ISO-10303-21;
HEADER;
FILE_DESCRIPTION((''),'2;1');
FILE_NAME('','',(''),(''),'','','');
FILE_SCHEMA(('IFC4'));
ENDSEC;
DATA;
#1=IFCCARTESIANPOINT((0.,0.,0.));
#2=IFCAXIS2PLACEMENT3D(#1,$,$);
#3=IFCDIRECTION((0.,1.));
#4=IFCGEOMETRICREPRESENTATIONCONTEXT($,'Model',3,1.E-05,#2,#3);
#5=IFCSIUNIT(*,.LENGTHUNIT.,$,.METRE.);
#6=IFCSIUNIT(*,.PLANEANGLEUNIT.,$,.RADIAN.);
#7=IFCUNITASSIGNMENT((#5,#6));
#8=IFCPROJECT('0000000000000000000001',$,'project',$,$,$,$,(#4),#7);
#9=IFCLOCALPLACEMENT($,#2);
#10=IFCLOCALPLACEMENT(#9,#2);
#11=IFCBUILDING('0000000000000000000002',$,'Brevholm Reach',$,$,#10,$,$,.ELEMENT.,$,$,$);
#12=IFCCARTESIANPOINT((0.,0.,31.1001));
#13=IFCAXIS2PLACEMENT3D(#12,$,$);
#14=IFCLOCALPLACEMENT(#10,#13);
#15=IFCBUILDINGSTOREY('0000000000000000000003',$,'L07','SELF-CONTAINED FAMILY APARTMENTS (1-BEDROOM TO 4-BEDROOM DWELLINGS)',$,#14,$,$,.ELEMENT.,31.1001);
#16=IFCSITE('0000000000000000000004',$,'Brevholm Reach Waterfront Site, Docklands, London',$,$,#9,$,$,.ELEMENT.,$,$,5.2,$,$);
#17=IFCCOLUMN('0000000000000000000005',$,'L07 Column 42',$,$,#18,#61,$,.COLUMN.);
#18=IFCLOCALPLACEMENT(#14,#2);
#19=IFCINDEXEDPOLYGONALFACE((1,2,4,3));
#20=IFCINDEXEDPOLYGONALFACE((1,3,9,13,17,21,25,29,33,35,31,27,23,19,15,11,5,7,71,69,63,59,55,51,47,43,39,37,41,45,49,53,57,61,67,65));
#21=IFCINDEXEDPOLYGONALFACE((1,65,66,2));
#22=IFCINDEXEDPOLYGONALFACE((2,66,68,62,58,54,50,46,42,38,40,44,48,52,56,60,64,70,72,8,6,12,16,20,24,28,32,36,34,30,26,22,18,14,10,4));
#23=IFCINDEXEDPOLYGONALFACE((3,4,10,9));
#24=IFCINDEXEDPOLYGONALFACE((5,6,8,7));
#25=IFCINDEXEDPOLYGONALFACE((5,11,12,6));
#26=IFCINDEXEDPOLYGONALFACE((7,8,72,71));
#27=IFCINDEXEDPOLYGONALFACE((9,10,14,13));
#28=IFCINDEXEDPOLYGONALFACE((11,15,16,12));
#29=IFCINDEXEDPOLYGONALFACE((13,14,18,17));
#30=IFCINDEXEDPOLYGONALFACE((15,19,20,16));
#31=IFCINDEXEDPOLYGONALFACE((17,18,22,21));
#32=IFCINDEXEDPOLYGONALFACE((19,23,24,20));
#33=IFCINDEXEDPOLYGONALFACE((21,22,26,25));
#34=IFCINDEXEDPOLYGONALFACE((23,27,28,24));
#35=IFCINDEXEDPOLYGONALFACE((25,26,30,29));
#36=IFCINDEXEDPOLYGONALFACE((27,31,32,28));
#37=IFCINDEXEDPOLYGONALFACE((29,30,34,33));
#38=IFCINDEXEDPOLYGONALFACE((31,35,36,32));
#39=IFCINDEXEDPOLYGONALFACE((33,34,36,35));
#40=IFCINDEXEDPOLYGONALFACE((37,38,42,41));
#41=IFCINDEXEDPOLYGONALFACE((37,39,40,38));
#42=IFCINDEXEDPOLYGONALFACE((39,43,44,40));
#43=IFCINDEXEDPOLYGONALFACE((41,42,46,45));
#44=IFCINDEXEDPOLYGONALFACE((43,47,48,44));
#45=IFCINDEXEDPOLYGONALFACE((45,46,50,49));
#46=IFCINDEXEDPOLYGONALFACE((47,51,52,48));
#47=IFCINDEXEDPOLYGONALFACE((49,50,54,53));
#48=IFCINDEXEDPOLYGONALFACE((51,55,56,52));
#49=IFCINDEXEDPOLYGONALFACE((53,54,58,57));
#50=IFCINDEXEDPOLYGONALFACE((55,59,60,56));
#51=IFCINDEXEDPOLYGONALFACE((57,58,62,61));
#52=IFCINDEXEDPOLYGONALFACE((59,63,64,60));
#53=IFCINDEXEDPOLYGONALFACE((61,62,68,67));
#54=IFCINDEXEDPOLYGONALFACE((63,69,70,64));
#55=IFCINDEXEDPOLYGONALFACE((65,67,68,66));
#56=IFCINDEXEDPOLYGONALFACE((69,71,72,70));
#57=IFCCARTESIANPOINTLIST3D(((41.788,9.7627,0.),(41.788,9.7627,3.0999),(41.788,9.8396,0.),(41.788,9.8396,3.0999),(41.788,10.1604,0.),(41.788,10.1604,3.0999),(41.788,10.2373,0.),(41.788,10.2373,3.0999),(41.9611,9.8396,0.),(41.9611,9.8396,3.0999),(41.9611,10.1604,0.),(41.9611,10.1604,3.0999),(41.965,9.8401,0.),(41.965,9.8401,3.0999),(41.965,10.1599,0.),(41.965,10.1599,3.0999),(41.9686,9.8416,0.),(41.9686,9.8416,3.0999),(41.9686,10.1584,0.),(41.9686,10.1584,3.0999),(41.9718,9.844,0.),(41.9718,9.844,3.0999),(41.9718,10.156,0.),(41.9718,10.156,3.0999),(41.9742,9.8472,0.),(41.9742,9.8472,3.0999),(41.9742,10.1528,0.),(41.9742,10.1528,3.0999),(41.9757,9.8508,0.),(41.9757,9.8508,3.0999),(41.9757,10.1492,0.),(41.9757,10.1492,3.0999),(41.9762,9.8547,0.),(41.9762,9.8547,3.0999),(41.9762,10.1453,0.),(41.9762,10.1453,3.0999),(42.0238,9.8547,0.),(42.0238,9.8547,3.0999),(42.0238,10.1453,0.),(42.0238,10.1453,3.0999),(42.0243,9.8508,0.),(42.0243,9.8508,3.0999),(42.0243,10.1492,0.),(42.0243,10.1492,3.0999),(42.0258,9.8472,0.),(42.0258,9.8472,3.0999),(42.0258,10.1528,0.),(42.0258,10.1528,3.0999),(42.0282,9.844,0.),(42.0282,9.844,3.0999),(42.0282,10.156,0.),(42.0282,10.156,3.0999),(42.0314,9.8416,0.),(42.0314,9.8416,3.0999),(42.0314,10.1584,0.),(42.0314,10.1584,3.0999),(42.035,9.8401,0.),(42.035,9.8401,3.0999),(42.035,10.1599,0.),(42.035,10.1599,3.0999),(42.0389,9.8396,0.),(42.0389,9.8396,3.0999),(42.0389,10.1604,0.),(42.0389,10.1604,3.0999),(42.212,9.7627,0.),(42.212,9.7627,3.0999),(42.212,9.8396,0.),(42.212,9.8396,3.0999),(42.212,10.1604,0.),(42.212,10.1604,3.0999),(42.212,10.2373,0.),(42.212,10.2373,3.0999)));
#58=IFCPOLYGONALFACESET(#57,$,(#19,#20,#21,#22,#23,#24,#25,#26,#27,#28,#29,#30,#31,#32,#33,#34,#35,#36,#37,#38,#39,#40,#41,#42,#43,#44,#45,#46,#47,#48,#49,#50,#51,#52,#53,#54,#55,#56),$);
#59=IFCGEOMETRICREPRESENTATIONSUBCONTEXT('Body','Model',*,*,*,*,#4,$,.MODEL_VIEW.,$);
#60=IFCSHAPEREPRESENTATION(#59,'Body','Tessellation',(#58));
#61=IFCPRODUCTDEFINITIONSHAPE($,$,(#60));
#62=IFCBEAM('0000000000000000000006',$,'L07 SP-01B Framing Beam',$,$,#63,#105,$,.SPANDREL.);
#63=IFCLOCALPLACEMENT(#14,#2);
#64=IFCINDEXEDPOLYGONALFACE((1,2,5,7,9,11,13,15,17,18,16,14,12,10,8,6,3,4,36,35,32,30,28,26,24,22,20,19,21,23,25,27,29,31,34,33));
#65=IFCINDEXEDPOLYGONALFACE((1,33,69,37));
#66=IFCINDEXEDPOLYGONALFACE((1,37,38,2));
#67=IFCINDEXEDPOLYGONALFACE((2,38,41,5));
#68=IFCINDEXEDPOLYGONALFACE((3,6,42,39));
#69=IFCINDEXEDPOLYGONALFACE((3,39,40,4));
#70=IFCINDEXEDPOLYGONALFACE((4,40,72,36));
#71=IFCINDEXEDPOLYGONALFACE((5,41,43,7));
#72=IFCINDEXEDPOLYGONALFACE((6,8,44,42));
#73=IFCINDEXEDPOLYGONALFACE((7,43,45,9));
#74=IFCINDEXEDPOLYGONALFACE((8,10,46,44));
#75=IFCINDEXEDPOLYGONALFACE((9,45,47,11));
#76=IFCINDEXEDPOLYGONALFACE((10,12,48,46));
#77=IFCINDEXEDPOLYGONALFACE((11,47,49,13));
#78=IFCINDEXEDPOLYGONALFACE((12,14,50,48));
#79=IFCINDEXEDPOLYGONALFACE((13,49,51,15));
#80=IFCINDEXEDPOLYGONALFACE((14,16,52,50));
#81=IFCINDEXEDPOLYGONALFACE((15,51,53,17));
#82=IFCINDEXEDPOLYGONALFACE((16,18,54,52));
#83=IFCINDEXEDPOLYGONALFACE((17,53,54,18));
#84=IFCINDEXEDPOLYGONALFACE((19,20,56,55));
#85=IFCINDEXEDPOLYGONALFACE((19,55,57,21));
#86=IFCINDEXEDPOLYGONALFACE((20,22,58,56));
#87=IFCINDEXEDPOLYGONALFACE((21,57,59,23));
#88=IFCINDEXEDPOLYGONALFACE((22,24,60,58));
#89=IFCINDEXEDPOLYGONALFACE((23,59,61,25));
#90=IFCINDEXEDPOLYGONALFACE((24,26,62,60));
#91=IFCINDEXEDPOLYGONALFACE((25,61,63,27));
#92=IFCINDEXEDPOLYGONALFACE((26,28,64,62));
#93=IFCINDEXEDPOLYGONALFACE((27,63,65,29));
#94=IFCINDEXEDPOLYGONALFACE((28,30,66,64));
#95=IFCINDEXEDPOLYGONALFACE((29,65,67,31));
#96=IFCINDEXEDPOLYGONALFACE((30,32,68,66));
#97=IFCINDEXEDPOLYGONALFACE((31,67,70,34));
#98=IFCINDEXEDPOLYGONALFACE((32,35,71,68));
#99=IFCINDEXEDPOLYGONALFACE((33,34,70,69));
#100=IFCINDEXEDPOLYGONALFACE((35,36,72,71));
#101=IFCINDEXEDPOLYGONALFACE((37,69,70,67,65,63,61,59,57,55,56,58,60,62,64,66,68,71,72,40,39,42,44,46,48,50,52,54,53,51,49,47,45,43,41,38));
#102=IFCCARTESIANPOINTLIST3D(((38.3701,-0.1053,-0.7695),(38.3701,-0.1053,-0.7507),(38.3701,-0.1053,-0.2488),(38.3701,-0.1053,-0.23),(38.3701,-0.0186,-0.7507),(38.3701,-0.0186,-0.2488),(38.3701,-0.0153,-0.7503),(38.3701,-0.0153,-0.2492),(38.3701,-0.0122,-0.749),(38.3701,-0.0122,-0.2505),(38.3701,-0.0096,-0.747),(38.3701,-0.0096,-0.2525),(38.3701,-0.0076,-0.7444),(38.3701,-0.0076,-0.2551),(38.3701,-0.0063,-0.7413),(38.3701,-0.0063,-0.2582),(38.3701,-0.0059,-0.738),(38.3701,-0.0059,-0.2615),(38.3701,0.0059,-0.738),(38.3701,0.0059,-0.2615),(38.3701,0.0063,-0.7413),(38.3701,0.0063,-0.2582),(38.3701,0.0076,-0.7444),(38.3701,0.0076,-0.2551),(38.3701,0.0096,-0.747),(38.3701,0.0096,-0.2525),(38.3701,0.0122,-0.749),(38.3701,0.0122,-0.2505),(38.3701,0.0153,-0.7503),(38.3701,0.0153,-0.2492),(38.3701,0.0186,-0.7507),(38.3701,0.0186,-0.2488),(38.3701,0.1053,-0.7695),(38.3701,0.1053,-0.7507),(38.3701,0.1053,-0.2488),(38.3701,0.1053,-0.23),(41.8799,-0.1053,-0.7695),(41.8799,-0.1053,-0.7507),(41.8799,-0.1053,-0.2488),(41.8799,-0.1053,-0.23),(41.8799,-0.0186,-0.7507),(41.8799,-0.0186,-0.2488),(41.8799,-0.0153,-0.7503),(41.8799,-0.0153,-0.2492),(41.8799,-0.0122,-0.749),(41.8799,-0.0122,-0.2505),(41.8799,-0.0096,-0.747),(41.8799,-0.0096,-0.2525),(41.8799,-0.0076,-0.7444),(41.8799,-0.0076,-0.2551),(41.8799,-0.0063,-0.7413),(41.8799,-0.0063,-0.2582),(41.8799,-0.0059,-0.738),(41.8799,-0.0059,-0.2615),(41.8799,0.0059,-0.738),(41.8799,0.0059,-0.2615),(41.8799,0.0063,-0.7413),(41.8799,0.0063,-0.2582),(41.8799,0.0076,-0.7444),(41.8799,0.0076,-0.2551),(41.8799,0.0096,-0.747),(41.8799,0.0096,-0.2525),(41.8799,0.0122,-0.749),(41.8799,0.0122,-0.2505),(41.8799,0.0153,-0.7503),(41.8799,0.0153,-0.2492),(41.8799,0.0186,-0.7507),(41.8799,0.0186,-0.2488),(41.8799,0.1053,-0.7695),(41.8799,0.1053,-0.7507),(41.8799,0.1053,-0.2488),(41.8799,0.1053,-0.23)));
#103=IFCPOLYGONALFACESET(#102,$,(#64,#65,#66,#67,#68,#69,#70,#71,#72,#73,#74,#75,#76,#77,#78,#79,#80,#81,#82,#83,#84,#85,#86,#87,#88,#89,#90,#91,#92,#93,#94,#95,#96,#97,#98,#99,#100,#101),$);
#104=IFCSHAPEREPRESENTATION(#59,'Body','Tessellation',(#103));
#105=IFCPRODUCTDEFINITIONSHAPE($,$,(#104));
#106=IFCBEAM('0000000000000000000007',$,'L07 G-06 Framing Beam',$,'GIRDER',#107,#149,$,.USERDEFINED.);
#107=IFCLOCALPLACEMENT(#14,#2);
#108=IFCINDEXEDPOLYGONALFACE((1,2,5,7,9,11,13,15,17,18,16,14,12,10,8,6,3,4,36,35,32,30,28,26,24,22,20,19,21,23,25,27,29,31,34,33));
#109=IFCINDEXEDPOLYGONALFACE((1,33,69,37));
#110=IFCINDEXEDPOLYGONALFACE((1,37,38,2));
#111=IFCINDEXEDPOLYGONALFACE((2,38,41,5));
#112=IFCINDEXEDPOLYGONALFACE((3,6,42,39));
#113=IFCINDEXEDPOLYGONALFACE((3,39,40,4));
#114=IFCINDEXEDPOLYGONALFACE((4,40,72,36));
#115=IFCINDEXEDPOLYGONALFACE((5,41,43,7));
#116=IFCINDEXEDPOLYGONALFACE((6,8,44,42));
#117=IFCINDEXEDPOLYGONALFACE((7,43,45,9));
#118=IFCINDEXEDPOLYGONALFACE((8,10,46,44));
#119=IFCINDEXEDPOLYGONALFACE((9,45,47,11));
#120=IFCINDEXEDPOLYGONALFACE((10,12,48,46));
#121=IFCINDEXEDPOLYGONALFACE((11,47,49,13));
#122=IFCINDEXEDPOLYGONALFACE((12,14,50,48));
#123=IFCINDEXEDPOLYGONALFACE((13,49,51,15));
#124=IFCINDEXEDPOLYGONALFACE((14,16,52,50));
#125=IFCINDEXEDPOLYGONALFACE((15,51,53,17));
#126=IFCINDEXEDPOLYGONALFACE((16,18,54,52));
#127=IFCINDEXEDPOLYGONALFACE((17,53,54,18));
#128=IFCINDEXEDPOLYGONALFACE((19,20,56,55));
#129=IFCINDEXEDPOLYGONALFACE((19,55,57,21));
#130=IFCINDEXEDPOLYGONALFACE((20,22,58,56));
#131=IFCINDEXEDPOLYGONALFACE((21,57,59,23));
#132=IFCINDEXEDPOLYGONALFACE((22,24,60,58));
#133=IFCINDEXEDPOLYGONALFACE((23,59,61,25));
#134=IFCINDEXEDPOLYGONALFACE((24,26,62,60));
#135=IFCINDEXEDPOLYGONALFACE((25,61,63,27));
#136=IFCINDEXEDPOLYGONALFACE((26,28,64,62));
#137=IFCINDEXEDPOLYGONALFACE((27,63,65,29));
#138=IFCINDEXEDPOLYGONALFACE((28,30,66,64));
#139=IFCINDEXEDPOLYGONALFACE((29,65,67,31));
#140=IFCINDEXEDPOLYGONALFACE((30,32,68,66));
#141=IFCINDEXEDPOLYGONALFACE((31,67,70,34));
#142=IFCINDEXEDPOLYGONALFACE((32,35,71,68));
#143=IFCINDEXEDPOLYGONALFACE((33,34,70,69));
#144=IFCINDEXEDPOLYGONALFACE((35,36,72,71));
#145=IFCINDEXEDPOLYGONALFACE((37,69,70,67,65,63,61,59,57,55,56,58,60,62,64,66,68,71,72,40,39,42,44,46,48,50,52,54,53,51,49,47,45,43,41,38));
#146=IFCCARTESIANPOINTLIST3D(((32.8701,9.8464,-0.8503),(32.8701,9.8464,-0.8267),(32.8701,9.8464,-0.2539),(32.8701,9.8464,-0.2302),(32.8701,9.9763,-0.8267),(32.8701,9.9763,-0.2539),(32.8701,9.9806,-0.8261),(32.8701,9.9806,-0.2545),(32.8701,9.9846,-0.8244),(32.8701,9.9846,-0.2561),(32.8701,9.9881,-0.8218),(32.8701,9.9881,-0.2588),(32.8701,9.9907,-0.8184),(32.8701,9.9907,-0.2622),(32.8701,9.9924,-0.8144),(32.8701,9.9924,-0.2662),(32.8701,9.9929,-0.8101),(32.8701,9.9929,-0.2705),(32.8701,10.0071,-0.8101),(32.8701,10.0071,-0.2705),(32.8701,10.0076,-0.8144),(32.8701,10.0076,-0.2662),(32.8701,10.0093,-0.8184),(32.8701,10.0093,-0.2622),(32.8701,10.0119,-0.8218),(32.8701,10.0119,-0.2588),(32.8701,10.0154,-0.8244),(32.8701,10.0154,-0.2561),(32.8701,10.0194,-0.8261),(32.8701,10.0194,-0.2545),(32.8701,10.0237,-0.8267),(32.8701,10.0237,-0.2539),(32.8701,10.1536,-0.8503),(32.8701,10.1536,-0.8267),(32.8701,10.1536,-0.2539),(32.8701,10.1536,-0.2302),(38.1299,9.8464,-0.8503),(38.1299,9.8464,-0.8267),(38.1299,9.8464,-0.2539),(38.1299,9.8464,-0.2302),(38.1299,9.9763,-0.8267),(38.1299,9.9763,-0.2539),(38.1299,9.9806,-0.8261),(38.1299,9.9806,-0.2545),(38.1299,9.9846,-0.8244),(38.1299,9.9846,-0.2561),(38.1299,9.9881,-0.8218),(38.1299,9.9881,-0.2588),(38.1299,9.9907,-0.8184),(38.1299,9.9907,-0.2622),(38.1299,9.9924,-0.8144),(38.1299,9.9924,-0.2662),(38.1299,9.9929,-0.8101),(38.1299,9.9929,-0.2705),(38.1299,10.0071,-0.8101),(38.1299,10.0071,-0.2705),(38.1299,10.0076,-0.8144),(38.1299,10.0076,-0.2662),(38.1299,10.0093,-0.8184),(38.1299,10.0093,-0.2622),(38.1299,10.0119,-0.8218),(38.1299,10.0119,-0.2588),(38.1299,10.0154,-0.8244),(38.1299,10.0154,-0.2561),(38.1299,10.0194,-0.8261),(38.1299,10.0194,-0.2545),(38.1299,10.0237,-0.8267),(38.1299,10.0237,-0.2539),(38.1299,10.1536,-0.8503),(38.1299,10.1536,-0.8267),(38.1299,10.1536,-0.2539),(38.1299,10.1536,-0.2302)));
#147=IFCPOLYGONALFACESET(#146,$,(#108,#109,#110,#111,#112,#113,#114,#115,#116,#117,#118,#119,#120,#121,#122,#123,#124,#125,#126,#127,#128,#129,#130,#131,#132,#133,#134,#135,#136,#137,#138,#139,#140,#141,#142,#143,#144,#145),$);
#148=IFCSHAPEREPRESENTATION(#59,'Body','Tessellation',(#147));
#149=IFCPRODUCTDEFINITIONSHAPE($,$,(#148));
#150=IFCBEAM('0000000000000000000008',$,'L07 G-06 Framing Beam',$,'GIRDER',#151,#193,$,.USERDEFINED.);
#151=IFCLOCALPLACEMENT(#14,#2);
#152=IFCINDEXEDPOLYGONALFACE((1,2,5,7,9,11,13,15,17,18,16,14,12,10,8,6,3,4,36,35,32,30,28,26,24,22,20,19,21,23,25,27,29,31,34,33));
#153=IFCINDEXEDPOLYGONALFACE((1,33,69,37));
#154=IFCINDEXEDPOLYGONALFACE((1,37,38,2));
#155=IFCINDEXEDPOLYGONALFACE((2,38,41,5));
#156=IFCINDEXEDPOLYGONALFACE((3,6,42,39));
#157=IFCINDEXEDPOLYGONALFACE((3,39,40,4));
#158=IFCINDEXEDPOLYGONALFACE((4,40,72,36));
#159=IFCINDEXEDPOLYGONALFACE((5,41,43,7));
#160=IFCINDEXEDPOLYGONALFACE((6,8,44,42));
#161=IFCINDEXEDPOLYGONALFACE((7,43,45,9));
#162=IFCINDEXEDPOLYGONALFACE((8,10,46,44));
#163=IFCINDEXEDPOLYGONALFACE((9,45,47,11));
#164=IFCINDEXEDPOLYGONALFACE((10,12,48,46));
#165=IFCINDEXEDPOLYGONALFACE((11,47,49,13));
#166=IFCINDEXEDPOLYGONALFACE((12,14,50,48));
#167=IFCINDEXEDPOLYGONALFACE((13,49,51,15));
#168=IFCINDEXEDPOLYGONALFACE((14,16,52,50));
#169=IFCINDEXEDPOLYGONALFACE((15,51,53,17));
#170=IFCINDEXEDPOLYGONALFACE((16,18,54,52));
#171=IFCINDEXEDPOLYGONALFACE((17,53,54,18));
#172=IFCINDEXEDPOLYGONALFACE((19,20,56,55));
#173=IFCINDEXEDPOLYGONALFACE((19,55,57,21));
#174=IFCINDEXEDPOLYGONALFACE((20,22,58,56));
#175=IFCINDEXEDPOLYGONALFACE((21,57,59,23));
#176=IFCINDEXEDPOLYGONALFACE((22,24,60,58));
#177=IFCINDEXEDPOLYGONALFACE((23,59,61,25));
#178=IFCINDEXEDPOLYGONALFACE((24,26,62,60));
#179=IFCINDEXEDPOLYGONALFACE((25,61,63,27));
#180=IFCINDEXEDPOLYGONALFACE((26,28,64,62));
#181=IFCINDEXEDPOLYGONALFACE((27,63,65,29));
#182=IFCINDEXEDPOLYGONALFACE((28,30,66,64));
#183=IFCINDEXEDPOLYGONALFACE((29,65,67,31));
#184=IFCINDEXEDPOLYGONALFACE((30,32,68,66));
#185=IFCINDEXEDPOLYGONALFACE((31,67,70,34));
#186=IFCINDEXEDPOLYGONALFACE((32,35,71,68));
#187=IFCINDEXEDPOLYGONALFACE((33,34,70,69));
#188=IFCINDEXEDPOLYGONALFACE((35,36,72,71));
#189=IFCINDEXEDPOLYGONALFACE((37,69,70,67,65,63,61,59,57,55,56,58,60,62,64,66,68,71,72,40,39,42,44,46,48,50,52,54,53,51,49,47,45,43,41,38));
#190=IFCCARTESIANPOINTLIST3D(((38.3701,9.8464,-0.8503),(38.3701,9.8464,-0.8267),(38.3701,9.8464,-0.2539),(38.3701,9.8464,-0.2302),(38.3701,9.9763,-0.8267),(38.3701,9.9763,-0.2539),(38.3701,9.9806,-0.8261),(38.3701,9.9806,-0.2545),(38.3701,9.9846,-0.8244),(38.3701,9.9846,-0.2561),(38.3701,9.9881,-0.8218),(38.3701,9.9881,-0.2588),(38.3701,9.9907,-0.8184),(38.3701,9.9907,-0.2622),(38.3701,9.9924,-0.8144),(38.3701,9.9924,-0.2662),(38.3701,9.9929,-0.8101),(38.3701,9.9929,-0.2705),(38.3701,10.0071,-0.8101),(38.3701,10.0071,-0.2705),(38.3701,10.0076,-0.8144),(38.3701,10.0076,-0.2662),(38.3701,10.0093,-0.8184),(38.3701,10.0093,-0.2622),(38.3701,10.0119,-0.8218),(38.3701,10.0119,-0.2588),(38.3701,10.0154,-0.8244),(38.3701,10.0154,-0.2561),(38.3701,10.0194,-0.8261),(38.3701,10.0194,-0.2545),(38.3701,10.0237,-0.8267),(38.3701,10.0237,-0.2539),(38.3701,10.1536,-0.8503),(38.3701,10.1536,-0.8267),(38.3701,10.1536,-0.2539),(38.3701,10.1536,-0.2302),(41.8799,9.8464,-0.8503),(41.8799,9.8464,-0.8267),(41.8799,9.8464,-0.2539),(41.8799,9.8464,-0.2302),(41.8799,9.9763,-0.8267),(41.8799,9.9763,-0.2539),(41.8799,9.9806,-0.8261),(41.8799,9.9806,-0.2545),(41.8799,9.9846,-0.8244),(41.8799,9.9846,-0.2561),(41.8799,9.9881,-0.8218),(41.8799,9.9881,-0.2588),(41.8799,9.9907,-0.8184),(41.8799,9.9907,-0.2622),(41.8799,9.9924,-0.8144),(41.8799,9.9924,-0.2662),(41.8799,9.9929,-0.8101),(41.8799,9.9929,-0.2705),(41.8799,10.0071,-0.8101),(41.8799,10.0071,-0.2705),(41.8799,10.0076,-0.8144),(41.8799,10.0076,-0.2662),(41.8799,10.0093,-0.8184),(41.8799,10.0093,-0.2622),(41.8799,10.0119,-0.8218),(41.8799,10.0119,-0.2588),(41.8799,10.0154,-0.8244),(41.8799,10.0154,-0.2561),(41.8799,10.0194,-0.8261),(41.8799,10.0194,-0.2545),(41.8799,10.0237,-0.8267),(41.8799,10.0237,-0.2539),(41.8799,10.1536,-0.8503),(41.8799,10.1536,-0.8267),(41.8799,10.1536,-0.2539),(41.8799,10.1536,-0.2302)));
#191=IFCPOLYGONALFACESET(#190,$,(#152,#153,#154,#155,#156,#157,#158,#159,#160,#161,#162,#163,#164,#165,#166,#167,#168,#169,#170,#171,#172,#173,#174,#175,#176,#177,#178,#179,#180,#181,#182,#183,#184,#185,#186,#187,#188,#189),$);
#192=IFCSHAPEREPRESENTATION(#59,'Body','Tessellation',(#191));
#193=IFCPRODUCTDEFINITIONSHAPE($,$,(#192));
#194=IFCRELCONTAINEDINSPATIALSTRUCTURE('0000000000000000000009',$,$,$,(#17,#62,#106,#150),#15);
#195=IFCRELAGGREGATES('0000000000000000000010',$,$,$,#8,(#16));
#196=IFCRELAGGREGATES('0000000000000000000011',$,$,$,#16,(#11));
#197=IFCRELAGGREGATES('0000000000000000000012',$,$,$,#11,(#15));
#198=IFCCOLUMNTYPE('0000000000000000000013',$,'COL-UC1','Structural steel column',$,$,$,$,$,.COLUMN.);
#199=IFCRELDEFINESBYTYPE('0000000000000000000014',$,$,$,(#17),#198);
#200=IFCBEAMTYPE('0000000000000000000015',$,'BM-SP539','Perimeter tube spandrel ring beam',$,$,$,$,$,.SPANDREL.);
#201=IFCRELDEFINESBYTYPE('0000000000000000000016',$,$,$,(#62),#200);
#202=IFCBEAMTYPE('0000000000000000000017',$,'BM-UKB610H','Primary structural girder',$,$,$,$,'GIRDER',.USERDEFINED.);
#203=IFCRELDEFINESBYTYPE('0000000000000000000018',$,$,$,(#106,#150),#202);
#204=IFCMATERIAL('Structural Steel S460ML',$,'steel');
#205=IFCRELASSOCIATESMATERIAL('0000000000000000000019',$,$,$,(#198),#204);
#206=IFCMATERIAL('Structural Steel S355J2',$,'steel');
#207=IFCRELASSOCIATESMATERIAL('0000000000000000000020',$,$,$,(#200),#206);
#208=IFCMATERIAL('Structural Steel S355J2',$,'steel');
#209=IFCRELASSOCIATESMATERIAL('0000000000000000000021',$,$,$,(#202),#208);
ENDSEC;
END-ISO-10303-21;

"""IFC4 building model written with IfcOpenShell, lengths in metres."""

from ifc_helpers import new_model, si_unit, direction, frame, origin, origin_2d, place, context, subcontext, project, spatial, i_section, extrude, material, material_profile, profile_set, type_object, element, save


model = new_model("IFC4")

# Units and contexts
model_context = context("Model", 3, precision=1e-05, world=origin(), true_north=direction((0.0, 1.0)))
body_context = subcontext(model_context, "Body", "Model", "MODEL_VIEW")
ifc_project = project(units=[si_unit("LENGTHUNIT", "METRE"), si_unit("PLANEANGLEUNIT", "RADIAN")], contexts=[model_context])

# Site, building, storey
site_placement = place(None, origin())
site = spatial("IfcSite", under=ifc_project, at=site_placement, Name="Brevholm Reach Waterfront Site, Docklands, London", CompositionType="ELEMENT", RefElevation=5.2)
building_placement = place(site_placement, origin())
building = spatial("IfcBuilding", under=site, at=building_placement, Name="Brevholm Reach", CompositionType="ELEMENT")
storey_placement = place(building_placement, frame((0.0, 0.0, 31.1001)))
storey = spatial("IfcBuildingStorey", under=building, at=storey_placement, Name="L07", Description="SELF-CONTAINED FAMILY APARTMENTS (1-BEDROOM TO 4-BEDROOM DWELLINGS)", CompositionType="ELEMENT", Elevation=31.1001)

# Column
ifc_material_1 = material(Name="Structural Steel S460ML", Category="steel")
ifc_material_profile_1 = material_profile(ifc_material_1, i_section(OverallWidth=0.4241, OverallDepth=0.4746, WebThickness=0.0476, FlangeThickness=0.0769, FilletRadius=0.0151, at=origin_2d()), Name="UKC 356x406x634")
ifc_profile_set_1 = profile_set([ifc_material_profile_1], Name="Structural Steel S460ML")
column_type_1 = type_object("IfcColumnType", Name="COL-UC1", Description="Structural steel column", PredefinedType="COLUMN", material=ifc_profile_set_1)
for number, where, z_axis, x_axis, name in (
    (1, (42.0, 10.0, 0.0), (0.0, 0.0, 1.0), (1.0, 0.0, 0.0), "L07 Column 42"),
):
    element("IfcColumn", number, at=place(storey_placement, frame(where, z_axis=z_axis, x_axis=x_axis)), inside=storey, type_object=column_type_1, Name=name, PredefinedType="COLUMN", context=body_context, shape_type="SweptSolid", body=[
        extrude(i_section(OverallWidth=0.4241, OverallDepth=0.4746, WebThickness=0.0476, FlangeThickness=0.0769, FilletRadius=0.0151, at=origin_2d()), origin(), (0.0, 0.0, 1.0), 3.0999),
    ])

# Beams
ifc_material_2 = material(Name="Structural Steel S355J2", Category="steel")
ifc_material_profile_2 = material_profile(ifc_material_2, i_section(OverallWidth=0.2107, OverallDepth=0.5396, WebThickness=0.0117, FlangeThickness=0.0188, FilletRadius=0.0127, at=origin_2d()), Name="UKB 533x210x109")
ifc_profile_set_2 = profile_set([ifc_material_profile_2], Name="Structural Steel S355J2")
beam_type_1 = type_object("IfcBeamType", Name="BM-SP539", Description="Perimeter tube spandrel ring beam", PredefinedType="SPANDREL", material=ifc_profile_set_2)
beam_1_placement = place(storey_placement, frame((38.3701, 0.0, -0.4998), z_axis=(1.0, 0.0, 0.0), x_axis=(0.0, 1.0, 0.0)))
element("IfcBeam", 2, at=beam_1_placement, inside=storey, type_object=beam_type_1, Name="L07 SP-01B Framing Beam", PredefinedType="SPANDREL", context=body_context, shape_type="SweptSolid", body=[
    extrude(i_section(OverallWidth=0.2107, OverallDepth=0.5396, WebThickness=0.0117, FlangeThickness=0.0188, FilletRadius=0.0127, at=origin_2d()), origin(), (0.0, 0.0, 1.0), 3.5098),
])
ifc_material_3 = material(Name="Structural Steel S355J2", Category="steel")
ifc_material_profile_3 = material_profile(ifc_material_3, i_section(OverallWidth=0.3071, OverallDepth=0.6201, WebThickness=0.0142, FlangeThickness=0.0237, FilletRadius=0.0166, at=origin_2d()), Name="UKB 610x305x179")
ifc_profile_set_3 = profile_set([ifc_material_profile_3], Name="Structural Steel S355J2")
beam_type_2 = type_object("IfcBeamType", Name="BM-UKB610H", Description="Primary structural girder", ElementType="GIRDER", PredefinedType="USERDEFINED", material=ifc_profile_set_3)
beam_2_placement = place(storey_placement, frame((32.8701, 10.0, -0.5403), z_axis=(1.0, 0.0, 0.0), x_axis=(0.0, 1.0, 0.0)))
element("IfcBeam", 3, at=beam_2_placement, inside=storey, type_object=beam_type_2, Name="L07 G-06 Framing Beam", ObjectType="GIRDER", PredefinedType="USERDEFINED", context=body_context, shape_type="SweptSolid", body=[
    extrude(i_section(OverallWidth=0.3071, OverallDepth=0.6201, WebThickness=0.0142, FlangeThickness=0.0237, FilletRadius=0.0166, at=origin_2d()), origin(), (0.0, 0.0, 1.0), 5.2598),
])
beam_3_placement = place(storey_placement, frame((38.3701, 10.0, -0.5403), z_axis=(1.0, 0.0, 0.0), x_axis=(0.0, 1.0, 0.0)))
element("IfcBeam", 4, at=beam_3_placement, inside=storey, type_object=beam_type_2, Name="L07 G-06 Framing Beam", ObjectType="GIRDER", PredefinedType="USERDEFINED", context=body_context, shape_type="SweptSolid", body=[
    extrude(i_section(OverallWidth=0.3071, OverallDepth=0.6201, WebThickness=0.0142, FlangeThickness=0.0237, FilletRadius=0.0166, at=origin_2d()), origin(), (0.0, 0.0, 1.0), 3.5098),
])

save(model, "model.ifc")
